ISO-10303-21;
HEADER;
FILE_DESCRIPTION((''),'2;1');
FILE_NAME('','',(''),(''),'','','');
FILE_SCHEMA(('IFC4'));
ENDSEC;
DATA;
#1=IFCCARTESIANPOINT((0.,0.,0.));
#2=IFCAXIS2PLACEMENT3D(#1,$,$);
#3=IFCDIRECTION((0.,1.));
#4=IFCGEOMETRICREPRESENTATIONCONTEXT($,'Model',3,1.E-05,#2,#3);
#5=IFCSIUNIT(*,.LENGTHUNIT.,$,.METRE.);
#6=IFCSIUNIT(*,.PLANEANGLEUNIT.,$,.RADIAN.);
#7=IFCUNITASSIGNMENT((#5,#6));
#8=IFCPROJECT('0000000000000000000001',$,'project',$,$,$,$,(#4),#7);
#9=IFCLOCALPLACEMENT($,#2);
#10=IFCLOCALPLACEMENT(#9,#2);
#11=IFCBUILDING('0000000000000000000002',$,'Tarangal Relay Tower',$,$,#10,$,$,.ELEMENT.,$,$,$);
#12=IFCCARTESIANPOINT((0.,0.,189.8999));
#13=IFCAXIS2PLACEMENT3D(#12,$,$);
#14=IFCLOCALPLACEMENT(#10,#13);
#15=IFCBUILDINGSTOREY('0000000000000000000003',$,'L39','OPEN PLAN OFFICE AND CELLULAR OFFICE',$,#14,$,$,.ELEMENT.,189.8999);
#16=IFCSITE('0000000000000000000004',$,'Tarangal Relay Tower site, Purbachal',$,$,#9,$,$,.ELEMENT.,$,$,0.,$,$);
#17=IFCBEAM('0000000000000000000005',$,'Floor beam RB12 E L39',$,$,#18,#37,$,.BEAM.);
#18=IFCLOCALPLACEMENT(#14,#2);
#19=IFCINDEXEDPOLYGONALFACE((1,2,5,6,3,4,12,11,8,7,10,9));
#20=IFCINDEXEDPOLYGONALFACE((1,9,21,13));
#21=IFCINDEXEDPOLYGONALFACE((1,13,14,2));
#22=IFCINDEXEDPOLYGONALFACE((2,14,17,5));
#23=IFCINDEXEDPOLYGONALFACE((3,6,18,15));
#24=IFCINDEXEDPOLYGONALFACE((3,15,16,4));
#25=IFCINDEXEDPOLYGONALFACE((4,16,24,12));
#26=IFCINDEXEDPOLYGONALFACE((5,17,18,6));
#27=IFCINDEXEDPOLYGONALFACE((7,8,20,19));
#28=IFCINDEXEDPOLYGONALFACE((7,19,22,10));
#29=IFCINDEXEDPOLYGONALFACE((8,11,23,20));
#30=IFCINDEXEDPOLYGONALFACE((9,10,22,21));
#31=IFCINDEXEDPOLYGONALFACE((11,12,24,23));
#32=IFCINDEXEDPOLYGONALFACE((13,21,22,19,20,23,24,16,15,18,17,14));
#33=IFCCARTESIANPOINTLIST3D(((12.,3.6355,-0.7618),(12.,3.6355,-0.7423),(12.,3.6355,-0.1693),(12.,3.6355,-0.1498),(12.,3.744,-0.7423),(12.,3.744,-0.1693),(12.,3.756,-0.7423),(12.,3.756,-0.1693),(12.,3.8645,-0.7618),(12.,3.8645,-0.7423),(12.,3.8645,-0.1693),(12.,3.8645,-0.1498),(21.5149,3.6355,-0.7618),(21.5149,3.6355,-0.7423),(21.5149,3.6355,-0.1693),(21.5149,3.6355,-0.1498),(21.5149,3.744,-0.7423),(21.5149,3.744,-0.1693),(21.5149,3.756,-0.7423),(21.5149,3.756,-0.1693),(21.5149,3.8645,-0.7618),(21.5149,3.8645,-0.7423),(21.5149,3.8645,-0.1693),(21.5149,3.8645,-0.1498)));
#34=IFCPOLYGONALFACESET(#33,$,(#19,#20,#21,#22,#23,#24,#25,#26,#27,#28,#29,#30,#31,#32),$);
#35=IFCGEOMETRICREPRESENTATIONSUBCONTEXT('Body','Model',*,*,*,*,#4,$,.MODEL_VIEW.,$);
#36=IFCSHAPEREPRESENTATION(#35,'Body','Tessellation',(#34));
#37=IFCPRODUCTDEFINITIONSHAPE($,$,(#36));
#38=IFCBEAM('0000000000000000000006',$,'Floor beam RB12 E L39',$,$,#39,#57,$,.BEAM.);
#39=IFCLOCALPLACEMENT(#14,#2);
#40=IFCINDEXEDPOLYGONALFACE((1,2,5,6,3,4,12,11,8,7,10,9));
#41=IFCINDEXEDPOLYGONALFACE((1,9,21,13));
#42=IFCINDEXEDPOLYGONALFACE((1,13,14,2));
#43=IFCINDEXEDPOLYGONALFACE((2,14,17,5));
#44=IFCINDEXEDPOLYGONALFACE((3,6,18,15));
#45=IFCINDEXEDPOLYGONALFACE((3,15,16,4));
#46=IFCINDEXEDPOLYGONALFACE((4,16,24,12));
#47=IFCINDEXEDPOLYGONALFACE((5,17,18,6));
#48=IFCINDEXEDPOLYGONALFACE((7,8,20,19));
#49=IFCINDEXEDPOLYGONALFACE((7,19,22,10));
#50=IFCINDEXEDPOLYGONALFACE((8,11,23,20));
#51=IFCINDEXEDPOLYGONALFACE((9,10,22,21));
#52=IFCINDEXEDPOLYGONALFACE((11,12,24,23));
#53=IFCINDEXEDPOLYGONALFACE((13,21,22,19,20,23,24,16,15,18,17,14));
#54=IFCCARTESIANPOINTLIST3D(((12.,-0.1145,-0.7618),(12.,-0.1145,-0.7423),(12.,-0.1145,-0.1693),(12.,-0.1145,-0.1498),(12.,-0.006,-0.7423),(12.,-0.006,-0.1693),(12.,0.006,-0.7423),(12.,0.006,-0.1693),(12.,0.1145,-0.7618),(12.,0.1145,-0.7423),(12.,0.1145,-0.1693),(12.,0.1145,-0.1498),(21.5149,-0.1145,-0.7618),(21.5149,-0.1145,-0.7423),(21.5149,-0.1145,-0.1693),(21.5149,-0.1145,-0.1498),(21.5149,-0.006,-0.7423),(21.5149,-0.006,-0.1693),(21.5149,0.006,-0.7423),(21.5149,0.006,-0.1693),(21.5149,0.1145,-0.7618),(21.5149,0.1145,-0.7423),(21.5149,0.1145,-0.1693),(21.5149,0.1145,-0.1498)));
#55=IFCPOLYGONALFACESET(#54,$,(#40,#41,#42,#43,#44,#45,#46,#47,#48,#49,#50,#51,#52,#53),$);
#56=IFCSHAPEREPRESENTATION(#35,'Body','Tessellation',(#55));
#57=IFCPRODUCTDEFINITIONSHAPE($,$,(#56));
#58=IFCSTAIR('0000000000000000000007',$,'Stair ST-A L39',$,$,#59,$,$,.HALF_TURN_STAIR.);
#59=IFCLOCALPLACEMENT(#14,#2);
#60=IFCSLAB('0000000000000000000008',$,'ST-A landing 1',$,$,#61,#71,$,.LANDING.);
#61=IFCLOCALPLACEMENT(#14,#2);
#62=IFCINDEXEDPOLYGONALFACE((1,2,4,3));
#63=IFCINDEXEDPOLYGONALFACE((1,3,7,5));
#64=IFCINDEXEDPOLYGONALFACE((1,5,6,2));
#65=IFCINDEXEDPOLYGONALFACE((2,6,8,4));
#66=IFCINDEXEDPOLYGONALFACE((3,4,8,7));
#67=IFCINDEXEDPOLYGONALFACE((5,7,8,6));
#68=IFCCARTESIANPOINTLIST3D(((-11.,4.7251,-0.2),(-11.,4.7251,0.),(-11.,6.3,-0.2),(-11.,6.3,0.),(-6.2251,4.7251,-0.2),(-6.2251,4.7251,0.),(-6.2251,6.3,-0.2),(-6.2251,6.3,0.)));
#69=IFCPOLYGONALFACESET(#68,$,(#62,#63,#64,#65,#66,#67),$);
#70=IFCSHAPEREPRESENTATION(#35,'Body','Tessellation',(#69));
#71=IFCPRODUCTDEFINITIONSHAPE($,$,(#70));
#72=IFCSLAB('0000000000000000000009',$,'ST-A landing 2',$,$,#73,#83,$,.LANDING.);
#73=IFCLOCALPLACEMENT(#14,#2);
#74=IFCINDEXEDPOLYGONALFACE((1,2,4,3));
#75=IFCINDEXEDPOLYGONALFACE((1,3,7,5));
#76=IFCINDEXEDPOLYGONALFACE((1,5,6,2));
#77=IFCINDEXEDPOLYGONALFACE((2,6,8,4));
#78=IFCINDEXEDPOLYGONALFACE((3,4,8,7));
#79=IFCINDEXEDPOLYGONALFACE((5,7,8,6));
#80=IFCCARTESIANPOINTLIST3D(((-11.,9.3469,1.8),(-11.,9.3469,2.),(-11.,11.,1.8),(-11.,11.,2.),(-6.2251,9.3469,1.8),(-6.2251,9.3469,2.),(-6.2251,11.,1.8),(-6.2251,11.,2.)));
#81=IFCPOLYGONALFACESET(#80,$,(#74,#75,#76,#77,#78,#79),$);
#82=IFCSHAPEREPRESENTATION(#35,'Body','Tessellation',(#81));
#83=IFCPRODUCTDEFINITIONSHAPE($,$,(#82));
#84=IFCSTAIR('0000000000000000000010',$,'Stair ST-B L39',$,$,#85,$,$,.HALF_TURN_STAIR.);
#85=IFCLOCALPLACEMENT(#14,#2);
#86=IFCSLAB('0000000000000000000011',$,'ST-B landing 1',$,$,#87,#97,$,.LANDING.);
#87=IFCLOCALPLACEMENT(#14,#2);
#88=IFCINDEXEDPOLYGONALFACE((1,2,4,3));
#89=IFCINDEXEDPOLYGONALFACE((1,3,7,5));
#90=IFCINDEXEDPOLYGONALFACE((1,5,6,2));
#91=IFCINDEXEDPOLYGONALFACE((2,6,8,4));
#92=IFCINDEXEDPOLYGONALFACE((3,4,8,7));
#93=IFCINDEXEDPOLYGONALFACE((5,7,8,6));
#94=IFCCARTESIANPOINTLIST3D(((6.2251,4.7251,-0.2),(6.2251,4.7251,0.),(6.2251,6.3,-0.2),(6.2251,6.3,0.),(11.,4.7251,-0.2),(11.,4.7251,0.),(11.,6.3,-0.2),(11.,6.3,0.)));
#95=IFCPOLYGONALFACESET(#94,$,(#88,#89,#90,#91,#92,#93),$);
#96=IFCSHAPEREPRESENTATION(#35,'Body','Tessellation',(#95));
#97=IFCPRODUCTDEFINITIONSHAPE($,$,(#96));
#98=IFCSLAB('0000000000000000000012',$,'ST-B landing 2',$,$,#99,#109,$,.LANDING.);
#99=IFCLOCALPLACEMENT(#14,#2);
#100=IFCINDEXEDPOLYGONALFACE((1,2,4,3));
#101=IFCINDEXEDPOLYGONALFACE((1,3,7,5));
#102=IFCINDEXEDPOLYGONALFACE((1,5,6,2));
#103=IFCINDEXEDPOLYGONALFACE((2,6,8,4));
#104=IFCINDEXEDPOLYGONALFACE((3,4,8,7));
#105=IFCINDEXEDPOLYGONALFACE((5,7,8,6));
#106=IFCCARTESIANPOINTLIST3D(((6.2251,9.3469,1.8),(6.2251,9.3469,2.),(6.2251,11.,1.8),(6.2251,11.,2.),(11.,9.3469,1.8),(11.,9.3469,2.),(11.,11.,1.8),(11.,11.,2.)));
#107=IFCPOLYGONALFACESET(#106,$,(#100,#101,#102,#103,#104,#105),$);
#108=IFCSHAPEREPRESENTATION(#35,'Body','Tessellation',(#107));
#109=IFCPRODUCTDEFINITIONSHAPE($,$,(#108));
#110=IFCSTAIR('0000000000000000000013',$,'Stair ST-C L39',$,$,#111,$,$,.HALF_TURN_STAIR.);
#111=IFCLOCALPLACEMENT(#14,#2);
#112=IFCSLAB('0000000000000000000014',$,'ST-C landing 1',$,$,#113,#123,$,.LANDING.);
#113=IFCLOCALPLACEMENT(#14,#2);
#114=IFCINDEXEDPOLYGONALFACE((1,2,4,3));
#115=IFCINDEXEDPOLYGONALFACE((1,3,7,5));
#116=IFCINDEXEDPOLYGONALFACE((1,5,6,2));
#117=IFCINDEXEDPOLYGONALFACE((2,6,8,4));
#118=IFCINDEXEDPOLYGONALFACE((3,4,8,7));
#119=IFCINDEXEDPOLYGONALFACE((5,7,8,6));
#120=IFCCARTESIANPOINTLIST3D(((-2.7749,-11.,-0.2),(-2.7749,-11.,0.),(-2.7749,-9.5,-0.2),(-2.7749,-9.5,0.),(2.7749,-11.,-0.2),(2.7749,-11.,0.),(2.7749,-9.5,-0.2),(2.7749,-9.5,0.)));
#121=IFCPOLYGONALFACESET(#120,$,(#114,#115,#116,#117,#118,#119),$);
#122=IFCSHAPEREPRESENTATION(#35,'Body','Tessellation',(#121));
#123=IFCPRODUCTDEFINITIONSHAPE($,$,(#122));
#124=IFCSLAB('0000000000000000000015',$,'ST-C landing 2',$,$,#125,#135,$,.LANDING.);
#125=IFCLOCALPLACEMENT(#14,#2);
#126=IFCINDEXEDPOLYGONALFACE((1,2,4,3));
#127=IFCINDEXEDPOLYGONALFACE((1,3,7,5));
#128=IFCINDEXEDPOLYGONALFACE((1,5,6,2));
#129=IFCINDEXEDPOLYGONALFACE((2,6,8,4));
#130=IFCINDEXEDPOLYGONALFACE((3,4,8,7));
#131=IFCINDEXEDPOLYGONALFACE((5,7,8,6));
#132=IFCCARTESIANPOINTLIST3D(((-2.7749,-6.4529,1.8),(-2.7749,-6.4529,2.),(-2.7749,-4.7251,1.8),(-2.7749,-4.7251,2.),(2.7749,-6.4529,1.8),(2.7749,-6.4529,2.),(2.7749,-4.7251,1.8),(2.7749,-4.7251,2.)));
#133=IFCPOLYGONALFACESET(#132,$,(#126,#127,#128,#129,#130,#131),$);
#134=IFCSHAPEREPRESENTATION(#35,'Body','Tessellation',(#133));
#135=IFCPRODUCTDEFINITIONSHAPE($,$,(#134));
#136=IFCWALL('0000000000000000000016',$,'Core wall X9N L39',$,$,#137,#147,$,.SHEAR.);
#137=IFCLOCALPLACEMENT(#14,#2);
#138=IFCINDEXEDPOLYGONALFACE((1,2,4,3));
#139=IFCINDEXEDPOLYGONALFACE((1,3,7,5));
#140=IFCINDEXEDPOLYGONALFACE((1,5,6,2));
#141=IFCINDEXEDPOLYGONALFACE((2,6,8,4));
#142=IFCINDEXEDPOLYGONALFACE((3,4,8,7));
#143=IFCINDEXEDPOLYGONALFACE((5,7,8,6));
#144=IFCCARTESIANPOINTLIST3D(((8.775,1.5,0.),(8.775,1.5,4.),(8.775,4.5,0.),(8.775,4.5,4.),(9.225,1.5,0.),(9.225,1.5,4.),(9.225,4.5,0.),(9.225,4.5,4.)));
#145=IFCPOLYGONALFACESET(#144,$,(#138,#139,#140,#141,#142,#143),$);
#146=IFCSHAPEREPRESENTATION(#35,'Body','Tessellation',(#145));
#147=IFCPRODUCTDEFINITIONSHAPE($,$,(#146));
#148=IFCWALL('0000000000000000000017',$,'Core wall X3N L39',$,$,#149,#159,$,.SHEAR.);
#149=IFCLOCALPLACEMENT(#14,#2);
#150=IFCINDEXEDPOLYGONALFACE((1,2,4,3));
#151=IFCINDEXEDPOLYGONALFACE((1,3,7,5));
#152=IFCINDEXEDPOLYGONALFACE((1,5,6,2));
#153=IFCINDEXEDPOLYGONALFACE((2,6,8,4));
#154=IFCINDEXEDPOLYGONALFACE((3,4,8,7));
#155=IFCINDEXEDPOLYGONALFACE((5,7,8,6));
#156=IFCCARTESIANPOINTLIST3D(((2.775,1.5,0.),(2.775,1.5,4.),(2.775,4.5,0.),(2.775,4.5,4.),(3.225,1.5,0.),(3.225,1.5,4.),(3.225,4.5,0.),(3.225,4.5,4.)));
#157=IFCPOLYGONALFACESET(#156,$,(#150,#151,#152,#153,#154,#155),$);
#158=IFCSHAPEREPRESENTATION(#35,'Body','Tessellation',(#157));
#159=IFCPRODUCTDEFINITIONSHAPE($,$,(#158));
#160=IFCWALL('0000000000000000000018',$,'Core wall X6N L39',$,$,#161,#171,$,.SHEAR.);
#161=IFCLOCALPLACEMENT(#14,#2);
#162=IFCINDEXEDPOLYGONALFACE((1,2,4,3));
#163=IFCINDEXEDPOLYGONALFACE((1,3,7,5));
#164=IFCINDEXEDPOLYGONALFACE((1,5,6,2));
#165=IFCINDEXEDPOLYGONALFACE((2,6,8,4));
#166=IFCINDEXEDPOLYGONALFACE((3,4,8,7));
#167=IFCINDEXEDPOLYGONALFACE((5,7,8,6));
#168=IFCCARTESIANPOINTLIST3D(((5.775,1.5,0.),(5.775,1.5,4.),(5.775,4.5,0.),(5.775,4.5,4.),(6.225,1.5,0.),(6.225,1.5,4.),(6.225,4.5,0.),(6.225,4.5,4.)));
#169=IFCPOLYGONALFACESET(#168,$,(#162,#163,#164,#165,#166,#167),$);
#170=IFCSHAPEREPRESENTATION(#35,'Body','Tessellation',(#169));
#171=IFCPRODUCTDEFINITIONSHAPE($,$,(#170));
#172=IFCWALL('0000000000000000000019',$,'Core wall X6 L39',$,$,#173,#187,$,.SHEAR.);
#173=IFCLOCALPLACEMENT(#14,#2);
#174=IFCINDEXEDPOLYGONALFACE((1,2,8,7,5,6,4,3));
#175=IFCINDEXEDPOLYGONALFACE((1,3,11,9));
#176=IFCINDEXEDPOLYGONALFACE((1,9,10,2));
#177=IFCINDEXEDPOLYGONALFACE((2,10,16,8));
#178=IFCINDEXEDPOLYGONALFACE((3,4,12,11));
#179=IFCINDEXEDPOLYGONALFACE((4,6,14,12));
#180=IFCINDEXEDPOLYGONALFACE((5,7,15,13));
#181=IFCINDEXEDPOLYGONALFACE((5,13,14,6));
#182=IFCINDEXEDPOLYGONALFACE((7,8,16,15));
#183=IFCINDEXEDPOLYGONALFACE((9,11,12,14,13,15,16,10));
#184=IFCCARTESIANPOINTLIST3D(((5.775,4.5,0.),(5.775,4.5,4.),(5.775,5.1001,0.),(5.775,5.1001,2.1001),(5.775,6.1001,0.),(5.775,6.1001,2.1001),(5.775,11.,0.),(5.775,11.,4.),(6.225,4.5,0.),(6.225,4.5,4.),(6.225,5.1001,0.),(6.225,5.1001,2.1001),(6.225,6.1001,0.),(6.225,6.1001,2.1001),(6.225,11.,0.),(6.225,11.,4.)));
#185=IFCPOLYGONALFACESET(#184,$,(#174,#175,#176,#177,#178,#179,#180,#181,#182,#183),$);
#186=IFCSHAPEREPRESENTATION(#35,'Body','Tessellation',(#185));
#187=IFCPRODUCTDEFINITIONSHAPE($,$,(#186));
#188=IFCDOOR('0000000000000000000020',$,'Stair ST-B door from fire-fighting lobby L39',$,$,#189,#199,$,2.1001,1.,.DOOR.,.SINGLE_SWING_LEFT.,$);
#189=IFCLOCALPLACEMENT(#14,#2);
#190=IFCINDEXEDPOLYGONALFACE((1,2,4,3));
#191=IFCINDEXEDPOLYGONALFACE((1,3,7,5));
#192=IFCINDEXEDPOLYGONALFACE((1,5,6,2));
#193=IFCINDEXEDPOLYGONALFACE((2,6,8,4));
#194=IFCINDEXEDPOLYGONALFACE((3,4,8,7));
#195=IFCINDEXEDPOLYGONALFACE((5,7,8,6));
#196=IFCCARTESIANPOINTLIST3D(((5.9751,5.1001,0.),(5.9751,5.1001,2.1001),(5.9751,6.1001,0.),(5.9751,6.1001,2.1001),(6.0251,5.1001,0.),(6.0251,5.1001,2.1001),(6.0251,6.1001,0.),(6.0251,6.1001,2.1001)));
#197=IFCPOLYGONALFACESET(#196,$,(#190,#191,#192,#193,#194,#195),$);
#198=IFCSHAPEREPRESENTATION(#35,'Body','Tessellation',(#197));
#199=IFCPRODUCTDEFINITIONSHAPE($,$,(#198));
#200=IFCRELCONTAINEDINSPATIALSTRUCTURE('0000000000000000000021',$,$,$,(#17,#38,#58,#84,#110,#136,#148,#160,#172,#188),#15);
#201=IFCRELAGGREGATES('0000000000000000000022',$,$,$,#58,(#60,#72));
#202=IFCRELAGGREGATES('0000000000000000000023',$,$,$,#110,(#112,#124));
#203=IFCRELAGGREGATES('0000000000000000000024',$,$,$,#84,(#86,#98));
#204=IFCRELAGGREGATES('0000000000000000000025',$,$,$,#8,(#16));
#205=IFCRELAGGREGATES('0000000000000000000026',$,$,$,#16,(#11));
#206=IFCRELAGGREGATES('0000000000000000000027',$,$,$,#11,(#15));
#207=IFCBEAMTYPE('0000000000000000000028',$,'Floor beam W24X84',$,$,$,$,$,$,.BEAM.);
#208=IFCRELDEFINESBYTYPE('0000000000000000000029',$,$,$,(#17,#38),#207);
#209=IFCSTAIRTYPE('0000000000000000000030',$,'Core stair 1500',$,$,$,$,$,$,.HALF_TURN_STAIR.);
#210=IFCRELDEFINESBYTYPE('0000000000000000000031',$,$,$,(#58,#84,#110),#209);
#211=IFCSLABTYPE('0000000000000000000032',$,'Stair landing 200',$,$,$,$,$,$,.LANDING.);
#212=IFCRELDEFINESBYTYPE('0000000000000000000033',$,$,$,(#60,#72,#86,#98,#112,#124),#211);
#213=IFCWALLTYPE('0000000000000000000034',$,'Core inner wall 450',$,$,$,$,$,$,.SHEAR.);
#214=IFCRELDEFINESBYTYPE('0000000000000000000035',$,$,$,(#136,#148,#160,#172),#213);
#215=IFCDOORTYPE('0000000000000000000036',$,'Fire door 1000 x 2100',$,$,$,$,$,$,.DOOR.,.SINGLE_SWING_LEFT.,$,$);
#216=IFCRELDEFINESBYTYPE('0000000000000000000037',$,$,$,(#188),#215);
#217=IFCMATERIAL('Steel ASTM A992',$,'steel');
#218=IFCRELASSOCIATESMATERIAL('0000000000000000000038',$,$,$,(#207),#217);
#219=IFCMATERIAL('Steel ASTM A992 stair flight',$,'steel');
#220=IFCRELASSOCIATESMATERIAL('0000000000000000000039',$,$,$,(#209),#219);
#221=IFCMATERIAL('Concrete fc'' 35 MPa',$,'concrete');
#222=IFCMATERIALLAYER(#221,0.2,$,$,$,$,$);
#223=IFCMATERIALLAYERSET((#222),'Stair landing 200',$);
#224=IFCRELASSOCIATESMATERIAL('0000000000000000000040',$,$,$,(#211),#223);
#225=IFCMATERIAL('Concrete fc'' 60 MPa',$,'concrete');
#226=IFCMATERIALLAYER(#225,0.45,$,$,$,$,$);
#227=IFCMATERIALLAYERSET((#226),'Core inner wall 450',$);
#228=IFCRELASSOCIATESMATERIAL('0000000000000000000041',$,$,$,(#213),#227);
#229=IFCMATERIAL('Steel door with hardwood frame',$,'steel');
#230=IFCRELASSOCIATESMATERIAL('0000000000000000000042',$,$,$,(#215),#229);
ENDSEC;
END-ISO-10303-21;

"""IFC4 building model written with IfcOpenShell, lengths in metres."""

from ifc_helpers import new_model, si_unit, direction, frame, frame_2d, origin, origin_2d, place, context, subcontext, project, spatial, polyline, rectangle, i_section, outline, extrude, material, layer, layer_set, material_profile, profile_set, type_object, element, fill, aggregate, save


model = new_model("IFC4")

# Units and contexts
model_context = context("Model", 3, precision=1e-05, world=origin(), true_north=direction((0.0, 1.0)))
body_context = subcontext(model_context, "Body", "Model", "MODEL_VIEW")
ifc_project = project(units=[si_unit("LENGTHUNIT", "METRE"), si_unit("PLANEANGLEUNIT", "RADIAN")], contexts=[model_context])

# Site, building, storey
site_placement = place(None, origin())
site = spatial("IfcSite", under=ifc_project, at=site_placement, Name="Tarangal Relay Tower site, Purbachal", CompositionType="ELEMENT", RefElevation=0.0)
building_placement = place(site_placement, origin())
building = spatial("IfcBuilding", under=site, at=building_placement, Name="Tarangal Relay Tower", CompositionType="ELEMENT")
storey_placement = place(building_placement, frame((0.0, 0.0, 189.8999)))
storey = spatial("IfcBuildingStorey", under=building, at=storey_placement, Name="L39", Description="OPEN PLAN OFFICE AND CELLULAR OFFICE", CompositionType="ELEMENT", Elevation=189.8999)

# Beams
ifc_material_1 = material(Name="Steel ASTM A992", Category="steel")
ifc_material_profile = material_profile(ifc_material_1, i_section(OverallWidth=0.229, OverallDepth=0.6121, WebThickness=0.012, FlangeThickness=0.0195, at=origin_2d()), Name="W24X84")
ifc_profile_set = profile_set([ifc_material_profile], Name="Steel ASTM A992")
beam_type = type_object("IfcBeamType", Name="Floor beam W24X84", PredefinedType="BEAM", material=ifc_profile_set)
for number, where, z_axis, x_axis, name in (
    (1, (12.0, 3.75, -0.4558), (1.0, 0.0, 0.0), (0.0, 1.0, 0.0), "Floor beam RB12 E L39"),
    (2, (12.0, 0.0, -0.4558), (1.0, 0.0, 0.0), (0.0, 1.0, 0.0), "Floor beam RB12 E L39"),
):
    element("IfcBeam", number, at=place(storey_placement, frame(where, z_axis=z_axis, x_axis=x_axis)), inside=storey, type_object=beam_type, Name=name, PredefinedType="BEAM", context=body_context, shape_type="SweptSolid", body=[
        extrude(i_section(OverallWidth=0.229, OverallDepth=0.6121, WebThickness=0.012, FlangeThickness=0.0195, at=origin_2d()), origin(), (0.0, 0.0, 1.0), 9.5149),
    ])

# Stairs, slabs
ifc_material_2 = material(Name="Steel ASTM A992 stair flight", Category="steel")
stair_type = type_object("IfcStairType", Name="Core stair 1500", PredefinedType="HALF_TURN_STAIR", material=ifc_material_2)
stair_1_placement = place(storey_placement, origin())
stair_1 = element("IfcStair", 3, at=stair_1_placement, inside=storey, type_object=stair_type, Name="Stair ST-A L39", PredefinedType="HALF_TURN_STAIR")
ifc_material_3 = material(Name="Concrete fc' 35 MPa", Category="concrete")
ifc_layer_1 = layer(ifc_material_3, 0.2)
ifc_layer_set_1 = layer_set([ifc_layer_1], Name="Stair landing 200")
slab_type = type_object("IfcSlabType", Name="Stair landing 200", PredefinedType="LANDING", material=ifc_layer_set_1)
slab_1_placement = place(storey_placement, frame((0.0, 0.0, -0.2)))
slab_1 = element("IfcSlab", 4, at=slab_1_placement, type_object=slab_type, Name="ST-A landing 1", PredefinedType="LANDING", context=body_context, shape_type="SweptSolid", body=[
    extrude(outline(polyline([(-11.0, 4.7251), (-6.2251, 4.7251), (-6.2251, 6.3), (-11.0, 6.3), (-11.0, 4.7251)])), origin(), (0.0, 0.0, 1.0), 0.2),
])
slab_2_placement = place(storey_placement, frame((0.0, 0.0, 1.8)))
slab_2 = element("IfcSlab", 5, at=slab_2_placement, type_object=slab_type, Name="ST-A landing 2", PredefinedType="LANDING", context=body_context, shape_type="SweptSolid", body=[
    extrude(outline(polyline([(-11.0, 9.3469), (-6.2251, 9.3469), (-6.2251, 11.0), (-11.0, 11.0), (-11.0, 9.3469)])), origin(), (0.0, 0.0, 1.0), 0.2),
])
aggregate(stair_1, [slab_1, slab_2])
stair_2_placement = place(storey_placement, origin())
stair_2 = element("IfcStair", 6, at=stair_2_placement, inside=storey, type_object=stair_type, Name="Stair ST-B L39", PredefinedType="HALF_TURN_STAIR")
slab_3_placement = place(storey_placement, frame((0.0, 0.0, -0.2)))
slab_3 = element("IfcSlab", 7, at=slab_3_placement, type_object=slab_type, Name="ST-B landing 1", PredefinedType="LANDING", context=body_context, shape_type="SweptSolid", body=[
    extrude(outline(polyline([(6.2251, 4.7251), (11.0, 4.7251), (11.0, 6.3), (6.2251, 6.3), (6.2251, 4.7251)])), origin(), (0.0, 0.0, 1.0), 0.2),
])
slab_4_placement = place(storey_placement, frame((0.0, 0.0, 1.8)))
slab_4 = element("IfcSlab", 8, at=slab_4_placement, type_object=slab_type, Name="ST-B landing 2", PredefinedType="LANDING", context=body_context, shape_type="SweptSolid", body=[
    extrude(outline(polyline([(6.2251, 9.3469), (11.0, 9.3469), (11.0, 11.0), (6.2251, 11.0), (6.2251, 9.3469)])), origin(), (0.0, 0.0, 1.0), 0.2),
])
stair_3_placement = place(storey_placement, origin())
stair_3 = element("IfcStair", 9, at=stair_3_placement, inside=storey, type_object=stair_type, Name="Stair ST-C L39", PredefinedType="HALF_TURN_STAIR")
slab_5_placement = place(storey_placement, frame((0.0, 0.0, -0.2)))
slab_5 = element("IfcSlab", 10, at=slab_5_placement, type_object=slab_type, Name="ST-C landing 1", PredefinedType="LANDING", context=body_context, shape_type="SweptSolid", body=[
    extrude(outline(polyline([(-2.7749, -11.0), (2.7749, -11.0), (2.7749, -9.5), (-2.7749, -9.5), (-2.7749, -11.0)])), origin(), (0.0, 0.0, 1.0), 0.2),
])
slab_6_placement = place(storey_placement, frame((0.0, 0.0, 1.8)))
slab_6 = element("IfcSlab", 11, at=slab_6_placement, type_object=slab_type, Name="ST-C landing 2", PredefinedType="LANDING", context=body_context, shape_type="SweptSolid", body=[
    extrude(outline(polyline([(-2.7749, -6.4529), (2.7749, -6.4529), (2.7749, -4.7251), (-2.7749, -4.7251), (-2.7749, -6.4529)])), origin(), (0.0, 0.0, 1.0), 0.2),
])
aggregate(stair_3, [slab_5, slab_6])

# Walls
ifc_material_4 = material(Name="Concrete fc' 60 MPa", Category="concrete")
ifc_layer_2 = layer(ifc_material_4, 0.45)
ifc_layer_set_2 = layer_set([ifc_layer_2], Name="Core inner wall 450")
wall_type = type_object("IfcWallType", Name="Core inner wall 450", PredefinedType="SHEAR", material=ifc_layer_set_2)
for number, where, z_axis, x_axis, name in (
    (12, (9.0, 1.5, 0.0), (0.0, 0.0, 1.0), (0.0, 1.0, 0.0), "Core wall X9N L39"),
    (13, (3.0, 1.5, 0.0), (0.0, 0.0, 1.0), (0.0, 1.0, 0.0), "Core wall X3N L39"),
    (14, (6.0, 1.5, 0.0), (0.0, 0.0, 1.0), (0.0, 1.0, 0.0), "Core wall X6N L39"),
):
    element("IfcWall", number, at=place(storey_placement, frame(where, z_axis=z_axis, x_axis=x_axis)), inside=storey, type_object=wall_type, Name=name, PredefinedType="SHEAR", context=body_context, shape_type="SweptSolid", body=[
        extrude(rectangle(XDim=3.0, YDim=0.45, at=frame_2d((1.5, 0.0))), origin(), (0.0, 0.0, 1.0), 4.0),
    ])

# Wall, opening, door
wall_placement = place(storey_placement, frame((6.0, 4.5, 0.0), z_axis=(0.0, 0.0, 1.0), x_axis=(0.0, 1.0, 0.0)))
wall = element("IfcWall", 15, at=wall_placement, inside=storey, type_object=wall_type, Name="Core wall X6 L39", PredefinedType="SHEAR", context=body_context, shape_type="SweptSolid", body=[
    extrude(rectangle(XDim=6.5, YDim=0.45, at=frame_2d((3.25, 0.0))), origin(), (0.0, 0.0, 1.0), 4.0),
])
opening_placement = place(wall_placement, frame((0.6001, 0.0, 0.0)))
opening = element("IfcOpeningElement", 16, at=opening_placement, cuts=wall, PredefinedType="OPENING", context=body_context, shape_type="SweptSolid", body=[
    extrude(rectangle(XDim=1.0, YDim=2.1001, at=frame_2d((0.5, 1.05))), frame((0.0, 0.2349, 0.0), z_axis=(0.0, -1.0, 0.0), x_axis=(1.0, 0.0, 0.0)), (0.0, 0.0, 1.0), 0.47),
])
ifc_material_5 = material(Name="Steel door with hardwood frame", Category="steel")
door_type = type_object("IfcDoorType", Name="Fire door 1000 x 2100", OperationType="SINGLE_SWING_LEFT", PredefinedType="DOOR", material=ifc_material_5)
door_placement = place(opening_placement, origin())
door = element("IfcDoor", 17, at=door_placement, inside=storey, type_object=door_type, Name="Stair ST-B door from fire-fighting lobby L39", OperationType="SINGLE_SWING_LEFT", OverallHeight=2.1001, OverallWidth=1.0, PredefinedType="DOOR", context=body_context, shape_type="SweptSolid", body=[
    extrude(rectangle(XDim=1.0, YDim=2.1001, at=frame_2d((0.5, 1.05))), frame((0.0, 0.0249, 0.0), z_axis=(0.0, -1.0, 0.0), x_axis=(1.0, 0.0, 0.0)), (0.0, 0.0, 1.0), 0.05),
])
fill(opening, door)

aggregate(stair_2, [slab_3, slab_4])

save(model, "model.ifc")
